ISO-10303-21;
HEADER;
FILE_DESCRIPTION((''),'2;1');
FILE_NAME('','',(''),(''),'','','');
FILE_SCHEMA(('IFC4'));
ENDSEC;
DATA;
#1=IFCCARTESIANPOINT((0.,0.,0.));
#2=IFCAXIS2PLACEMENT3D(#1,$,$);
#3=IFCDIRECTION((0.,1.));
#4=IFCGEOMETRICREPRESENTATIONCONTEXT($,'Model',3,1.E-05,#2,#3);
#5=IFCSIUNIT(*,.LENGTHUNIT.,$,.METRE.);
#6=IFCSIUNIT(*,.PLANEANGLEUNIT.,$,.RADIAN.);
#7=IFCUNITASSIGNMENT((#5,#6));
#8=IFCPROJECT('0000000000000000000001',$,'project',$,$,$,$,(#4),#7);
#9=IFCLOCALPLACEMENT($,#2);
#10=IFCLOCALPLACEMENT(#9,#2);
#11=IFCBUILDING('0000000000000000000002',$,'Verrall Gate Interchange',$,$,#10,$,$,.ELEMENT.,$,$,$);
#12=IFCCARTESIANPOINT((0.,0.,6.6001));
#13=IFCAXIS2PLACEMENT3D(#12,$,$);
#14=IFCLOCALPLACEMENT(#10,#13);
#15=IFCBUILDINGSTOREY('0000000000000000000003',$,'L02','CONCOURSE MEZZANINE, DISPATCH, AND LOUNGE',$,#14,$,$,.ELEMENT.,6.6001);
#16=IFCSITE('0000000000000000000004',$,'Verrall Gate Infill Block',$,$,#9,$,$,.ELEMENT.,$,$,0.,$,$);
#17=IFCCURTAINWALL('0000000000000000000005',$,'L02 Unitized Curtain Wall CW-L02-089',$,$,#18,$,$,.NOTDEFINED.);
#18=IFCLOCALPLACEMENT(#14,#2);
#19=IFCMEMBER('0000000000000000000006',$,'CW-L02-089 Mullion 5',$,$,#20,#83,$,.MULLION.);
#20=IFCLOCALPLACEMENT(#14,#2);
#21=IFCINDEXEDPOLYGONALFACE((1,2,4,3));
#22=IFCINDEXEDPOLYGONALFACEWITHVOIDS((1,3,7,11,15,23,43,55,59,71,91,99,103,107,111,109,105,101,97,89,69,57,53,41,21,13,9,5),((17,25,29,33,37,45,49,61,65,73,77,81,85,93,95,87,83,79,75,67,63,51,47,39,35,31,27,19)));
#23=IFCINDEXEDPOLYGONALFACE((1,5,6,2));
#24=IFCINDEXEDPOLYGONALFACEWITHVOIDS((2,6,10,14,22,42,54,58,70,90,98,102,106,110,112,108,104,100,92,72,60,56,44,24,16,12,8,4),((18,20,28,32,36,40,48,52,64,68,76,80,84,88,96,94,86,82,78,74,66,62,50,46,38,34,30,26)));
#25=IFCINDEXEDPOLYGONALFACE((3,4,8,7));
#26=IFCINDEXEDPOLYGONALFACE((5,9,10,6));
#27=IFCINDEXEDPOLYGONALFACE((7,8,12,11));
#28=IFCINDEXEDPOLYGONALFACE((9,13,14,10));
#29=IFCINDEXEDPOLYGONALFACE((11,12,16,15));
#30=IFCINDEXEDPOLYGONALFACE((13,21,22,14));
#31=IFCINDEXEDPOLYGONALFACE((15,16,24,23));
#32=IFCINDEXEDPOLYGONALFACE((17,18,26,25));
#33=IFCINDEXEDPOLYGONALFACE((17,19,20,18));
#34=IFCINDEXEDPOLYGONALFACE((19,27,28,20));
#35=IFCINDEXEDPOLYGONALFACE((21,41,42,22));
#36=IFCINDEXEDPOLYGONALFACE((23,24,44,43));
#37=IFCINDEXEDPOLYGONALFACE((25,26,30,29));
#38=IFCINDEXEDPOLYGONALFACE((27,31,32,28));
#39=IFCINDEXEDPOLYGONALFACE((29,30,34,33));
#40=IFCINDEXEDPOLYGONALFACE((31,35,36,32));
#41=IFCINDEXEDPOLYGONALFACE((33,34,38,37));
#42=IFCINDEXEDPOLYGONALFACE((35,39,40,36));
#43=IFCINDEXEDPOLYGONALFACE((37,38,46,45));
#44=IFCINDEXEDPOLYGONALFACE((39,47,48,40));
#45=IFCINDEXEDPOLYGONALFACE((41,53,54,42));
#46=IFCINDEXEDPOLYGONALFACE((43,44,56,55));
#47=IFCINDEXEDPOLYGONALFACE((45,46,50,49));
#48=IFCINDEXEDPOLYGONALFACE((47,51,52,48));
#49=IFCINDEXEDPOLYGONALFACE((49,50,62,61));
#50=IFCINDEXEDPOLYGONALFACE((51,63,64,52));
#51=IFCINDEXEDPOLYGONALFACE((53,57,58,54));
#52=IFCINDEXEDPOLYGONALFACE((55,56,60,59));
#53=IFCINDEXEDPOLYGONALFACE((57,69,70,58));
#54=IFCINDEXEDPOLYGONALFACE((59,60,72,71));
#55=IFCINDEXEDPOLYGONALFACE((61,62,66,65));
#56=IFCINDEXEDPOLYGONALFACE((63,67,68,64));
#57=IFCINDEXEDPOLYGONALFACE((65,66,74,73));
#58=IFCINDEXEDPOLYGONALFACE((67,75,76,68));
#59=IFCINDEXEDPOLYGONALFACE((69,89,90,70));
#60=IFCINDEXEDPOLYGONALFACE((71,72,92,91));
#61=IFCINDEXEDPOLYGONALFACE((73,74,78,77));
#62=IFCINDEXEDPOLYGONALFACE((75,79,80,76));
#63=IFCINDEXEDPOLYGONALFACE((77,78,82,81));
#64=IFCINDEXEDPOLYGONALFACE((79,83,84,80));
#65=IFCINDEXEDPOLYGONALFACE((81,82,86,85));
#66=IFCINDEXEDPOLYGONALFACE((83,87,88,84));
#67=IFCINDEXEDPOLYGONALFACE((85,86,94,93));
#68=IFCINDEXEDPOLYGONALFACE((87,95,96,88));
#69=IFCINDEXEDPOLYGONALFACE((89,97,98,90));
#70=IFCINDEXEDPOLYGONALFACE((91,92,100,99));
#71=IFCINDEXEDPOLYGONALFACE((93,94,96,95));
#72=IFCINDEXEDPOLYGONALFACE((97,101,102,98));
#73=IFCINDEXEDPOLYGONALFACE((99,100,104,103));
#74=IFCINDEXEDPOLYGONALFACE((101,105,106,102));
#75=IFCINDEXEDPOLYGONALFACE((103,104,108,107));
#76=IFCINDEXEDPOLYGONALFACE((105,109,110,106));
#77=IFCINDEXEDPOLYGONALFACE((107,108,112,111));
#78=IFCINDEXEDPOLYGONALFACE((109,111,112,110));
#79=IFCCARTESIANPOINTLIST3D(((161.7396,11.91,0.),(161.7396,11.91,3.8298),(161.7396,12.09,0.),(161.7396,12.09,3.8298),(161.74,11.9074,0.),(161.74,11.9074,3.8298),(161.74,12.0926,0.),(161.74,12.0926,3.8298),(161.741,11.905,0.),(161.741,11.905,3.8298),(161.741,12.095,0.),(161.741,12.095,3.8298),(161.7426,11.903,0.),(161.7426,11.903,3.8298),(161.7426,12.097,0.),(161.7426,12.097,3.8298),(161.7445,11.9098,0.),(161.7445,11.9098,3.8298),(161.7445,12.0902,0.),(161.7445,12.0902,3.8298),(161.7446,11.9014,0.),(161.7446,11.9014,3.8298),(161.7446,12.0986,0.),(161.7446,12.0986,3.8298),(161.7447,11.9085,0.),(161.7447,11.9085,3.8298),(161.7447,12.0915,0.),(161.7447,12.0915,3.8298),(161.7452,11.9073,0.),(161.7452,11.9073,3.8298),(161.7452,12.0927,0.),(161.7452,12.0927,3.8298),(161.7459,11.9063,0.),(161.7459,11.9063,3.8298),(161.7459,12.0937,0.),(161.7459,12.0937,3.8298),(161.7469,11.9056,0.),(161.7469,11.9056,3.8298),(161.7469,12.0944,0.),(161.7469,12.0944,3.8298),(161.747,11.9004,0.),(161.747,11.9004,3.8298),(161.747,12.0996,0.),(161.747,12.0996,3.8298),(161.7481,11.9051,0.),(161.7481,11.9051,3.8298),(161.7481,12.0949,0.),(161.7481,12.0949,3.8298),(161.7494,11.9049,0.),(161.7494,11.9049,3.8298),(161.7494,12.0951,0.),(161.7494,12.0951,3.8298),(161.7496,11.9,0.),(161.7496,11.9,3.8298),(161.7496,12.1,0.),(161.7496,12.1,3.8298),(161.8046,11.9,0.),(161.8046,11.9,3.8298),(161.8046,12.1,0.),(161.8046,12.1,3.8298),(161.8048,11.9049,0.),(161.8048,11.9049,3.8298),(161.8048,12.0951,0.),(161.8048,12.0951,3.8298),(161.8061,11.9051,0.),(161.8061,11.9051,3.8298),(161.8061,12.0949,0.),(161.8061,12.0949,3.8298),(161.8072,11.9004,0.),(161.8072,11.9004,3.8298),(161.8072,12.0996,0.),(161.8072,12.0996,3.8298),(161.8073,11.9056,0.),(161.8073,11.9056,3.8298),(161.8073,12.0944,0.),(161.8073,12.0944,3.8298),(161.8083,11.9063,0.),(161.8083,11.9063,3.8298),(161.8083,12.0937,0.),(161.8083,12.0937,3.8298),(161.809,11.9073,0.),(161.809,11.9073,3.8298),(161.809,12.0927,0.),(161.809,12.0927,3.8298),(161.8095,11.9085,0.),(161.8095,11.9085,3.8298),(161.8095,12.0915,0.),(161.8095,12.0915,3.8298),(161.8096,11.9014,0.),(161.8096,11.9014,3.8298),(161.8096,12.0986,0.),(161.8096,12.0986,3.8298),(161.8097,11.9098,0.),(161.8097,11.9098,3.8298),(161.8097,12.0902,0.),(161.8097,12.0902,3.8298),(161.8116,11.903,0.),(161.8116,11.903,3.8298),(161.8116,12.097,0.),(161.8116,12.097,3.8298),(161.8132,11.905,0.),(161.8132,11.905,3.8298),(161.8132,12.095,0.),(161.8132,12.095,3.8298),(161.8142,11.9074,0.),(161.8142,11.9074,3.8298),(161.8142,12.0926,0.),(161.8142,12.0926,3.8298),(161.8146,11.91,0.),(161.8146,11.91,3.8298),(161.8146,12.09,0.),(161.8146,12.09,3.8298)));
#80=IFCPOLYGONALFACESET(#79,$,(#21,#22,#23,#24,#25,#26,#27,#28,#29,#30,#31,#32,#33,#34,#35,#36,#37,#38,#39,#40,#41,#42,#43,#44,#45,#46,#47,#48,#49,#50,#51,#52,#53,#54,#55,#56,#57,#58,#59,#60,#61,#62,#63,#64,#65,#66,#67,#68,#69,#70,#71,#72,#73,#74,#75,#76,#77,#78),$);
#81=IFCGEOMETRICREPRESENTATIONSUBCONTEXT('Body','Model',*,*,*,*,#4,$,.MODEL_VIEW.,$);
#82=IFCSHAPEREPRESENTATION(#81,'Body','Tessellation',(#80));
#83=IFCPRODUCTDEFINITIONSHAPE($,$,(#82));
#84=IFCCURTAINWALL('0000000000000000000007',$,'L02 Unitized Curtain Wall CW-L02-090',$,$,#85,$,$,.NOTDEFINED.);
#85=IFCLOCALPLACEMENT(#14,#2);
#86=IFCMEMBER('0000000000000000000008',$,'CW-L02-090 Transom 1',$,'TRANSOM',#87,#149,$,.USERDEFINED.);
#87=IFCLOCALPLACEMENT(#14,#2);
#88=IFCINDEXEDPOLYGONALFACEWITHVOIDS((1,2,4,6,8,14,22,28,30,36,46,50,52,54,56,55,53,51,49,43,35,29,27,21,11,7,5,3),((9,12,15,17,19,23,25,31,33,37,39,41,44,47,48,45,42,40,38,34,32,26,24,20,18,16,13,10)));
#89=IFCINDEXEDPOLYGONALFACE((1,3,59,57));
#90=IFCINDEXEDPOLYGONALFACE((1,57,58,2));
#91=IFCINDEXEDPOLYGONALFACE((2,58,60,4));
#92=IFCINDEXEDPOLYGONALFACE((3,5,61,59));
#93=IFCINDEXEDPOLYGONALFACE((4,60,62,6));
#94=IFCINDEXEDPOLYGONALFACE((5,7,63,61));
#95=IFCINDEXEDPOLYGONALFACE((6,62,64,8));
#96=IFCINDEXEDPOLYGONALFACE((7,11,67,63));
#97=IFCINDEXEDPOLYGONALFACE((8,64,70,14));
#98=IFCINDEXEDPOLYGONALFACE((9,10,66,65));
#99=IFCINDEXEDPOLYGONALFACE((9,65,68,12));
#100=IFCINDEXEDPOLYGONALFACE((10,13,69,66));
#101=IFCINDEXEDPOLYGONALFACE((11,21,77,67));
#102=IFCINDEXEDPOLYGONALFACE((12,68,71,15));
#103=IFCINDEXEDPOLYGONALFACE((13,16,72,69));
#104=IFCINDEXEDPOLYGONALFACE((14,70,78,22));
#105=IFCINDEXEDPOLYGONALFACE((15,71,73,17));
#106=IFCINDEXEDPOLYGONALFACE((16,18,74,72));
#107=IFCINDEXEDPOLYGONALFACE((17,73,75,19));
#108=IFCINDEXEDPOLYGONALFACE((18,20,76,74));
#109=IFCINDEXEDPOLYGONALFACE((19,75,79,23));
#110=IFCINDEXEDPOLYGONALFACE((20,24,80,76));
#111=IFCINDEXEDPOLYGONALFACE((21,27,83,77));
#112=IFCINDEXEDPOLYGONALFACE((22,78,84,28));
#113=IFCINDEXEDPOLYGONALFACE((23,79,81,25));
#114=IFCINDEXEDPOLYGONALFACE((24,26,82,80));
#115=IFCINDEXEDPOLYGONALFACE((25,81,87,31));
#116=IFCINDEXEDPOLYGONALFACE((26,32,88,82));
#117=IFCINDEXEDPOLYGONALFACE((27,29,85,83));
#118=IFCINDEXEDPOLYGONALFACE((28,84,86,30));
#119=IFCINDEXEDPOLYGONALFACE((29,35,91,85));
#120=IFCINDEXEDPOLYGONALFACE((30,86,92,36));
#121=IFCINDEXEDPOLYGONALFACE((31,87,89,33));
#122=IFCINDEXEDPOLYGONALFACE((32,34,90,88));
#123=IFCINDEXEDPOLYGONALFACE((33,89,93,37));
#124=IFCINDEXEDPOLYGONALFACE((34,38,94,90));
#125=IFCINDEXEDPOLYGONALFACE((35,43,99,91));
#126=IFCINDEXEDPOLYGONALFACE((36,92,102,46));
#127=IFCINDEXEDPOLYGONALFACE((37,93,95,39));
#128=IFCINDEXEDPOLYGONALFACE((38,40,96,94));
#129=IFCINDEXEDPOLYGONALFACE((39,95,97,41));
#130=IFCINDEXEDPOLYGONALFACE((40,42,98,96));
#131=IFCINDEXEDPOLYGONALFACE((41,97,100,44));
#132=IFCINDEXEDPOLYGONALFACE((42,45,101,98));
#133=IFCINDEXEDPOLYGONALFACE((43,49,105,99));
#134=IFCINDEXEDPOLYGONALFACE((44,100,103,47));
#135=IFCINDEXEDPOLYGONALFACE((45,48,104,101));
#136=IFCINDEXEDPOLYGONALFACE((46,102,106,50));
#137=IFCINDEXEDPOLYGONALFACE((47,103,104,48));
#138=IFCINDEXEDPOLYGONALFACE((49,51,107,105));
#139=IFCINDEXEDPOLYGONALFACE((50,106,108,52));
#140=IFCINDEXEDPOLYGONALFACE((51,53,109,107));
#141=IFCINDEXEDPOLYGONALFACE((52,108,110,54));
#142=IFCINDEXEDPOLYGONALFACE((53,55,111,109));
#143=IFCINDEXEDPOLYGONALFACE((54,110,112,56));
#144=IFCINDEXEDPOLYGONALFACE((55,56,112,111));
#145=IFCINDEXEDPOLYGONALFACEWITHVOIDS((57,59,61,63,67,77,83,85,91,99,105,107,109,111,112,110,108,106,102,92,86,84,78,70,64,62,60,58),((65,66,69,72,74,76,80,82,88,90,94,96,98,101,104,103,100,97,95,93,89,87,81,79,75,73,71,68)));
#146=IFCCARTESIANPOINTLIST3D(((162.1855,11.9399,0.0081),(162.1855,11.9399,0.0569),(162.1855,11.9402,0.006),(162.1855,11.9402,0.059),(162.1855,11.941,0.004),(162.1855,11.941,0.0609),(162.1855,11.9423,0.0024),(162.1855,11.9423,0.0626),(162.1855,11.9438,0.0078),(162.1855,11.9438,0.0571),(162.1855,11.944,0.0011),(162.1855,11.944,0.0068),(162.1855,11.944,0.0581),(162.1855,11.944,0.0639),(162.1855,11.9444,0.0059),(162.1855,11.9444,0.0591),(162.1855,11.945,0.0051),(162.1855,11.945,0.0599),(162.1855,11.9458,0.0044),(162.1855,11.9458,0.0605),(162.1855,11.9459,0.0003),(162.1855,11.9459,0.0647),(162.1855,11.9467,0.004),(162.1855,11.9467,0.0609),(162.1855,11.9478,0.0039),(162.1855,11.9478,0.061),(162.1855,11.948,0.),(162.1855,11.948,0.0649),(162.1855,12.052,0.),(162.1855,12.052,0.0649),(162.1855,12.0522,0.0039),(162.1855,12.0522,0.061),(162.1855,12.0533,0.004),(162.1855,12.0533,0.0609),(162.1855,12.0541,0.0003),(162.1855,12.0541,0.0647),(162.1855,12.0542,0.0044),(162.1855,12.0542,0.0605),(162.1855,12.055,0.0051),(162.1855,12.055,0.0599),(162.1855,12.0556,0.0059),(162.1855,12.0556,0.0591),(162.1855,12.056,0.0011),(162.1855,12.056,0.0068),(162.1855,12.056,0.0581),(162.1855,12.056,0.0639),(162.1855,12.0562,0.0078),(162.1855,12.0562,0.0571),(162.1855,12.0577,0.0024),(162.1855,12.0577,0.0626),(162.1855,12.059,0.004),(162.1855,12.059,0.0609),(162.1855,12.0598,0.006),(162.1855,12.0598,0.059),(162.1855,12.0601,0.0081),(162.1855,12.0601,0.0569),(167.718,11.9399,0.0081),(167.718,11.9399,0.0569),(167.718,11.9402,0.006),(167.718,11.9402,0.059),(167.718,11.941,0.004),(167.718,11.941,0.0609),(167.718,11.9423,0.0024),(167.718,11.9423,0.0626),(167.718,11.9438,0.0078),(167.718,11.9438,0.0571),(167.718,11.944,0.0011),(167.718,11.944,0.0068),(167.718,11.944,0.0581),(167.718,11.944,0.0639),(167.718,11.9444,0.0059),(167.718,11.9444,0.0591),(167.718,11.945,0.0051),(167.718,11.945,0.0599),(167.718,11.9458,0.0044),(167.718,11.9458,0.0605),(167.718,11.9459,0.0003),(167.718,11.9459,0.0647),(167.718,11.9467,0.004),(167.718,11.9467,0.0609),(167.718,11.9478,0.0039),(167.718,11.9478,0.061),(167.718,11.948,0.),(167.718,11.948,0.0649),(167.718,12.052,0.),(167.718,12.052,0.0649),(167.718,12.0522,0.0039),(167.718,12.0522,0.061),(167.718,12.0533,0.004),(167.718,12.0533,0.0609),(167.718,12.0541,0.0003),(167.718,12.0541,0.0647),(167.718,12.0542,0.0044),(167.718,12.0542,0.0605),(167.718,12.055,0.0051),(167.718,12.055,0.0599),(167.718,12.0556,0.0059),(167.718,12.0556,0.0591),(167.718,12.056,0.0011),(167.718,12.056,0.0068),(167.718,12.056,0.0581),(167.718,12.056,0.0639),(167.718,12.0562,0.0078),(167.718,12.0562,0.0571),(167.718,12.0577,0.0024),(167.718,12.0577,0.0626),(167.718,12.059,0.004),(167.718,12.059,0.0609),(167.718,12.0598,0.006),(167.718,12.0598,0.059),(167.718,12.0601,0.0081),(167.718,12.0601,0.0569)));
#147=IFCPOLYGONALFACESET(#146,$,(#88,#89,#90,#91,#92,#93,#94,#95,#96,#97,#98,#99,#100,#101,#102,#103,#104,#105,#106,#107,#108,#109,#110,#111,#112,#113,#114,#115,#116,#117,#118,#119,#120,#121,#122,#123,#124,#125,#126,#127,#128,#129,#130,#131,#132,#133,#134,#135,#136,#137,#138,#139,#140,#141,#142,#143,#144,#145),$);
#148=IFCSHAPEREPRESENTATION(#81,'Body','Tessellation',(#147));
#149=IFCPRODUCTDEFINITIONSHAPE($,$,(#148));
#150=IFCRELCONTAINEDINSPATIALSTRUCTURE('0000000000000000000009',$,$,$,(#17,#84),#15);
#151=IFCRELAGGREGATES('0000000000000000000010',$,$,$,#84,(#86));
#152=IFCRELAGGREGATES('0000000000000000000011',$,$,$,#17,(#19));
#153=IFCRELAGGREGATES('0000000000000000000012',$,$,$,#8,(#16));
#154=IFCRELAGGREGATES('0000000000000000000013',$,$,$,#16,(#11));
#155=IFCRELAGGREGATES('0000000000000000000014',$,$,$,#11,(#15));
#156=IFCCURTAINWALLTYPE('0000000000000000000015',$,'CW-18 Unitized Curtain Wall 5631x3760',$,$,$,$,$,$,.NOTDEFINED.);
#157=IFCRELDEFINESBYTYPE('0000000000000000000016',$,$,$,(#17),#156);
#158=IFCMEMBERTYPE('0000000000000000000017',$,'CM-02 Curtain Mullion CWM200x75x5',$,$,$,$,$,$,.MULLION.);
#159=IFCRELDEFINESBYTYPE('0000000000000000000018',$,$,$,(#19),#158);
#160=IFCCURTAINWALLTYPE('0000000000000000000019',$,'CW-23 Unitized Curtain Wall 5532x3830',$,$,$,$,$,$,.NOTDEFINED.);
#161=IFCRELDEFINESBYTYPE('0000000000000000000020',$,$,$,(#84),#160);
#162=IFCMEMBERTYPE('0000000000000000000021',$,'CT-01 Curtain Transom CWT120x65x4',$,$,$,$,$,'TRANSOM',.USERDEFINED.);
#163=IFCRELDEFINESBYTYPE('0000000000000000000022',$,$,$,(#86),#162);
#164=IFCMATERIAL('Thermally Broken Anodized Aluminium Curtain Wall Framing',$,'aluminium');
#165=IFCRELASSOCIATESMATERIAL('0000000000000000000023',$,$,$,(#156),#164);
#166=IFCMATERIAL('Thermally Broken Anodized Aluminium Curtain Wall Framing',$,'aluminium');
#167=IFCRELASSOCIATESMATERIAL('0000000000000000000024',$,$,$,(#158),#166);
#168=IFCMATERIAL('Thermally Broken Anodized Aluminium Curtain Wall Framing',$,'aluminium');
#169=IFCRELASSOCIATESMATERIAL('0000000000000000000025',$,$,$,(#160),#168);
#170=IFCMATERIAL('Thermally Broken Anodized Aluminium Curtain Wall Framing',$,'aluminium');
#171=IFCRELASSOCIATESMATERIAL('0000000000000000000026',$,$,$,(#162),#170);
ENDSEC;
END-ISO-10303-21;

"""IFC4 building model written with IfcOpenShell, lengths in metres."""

from ifc_helpers import new_model, si_unit, direction, frame, origin, origin_2d, place, context, subcontext, project, spatial, hollow_rectangle, extrude, material, material_profile, profile_set, type_object, element, aggregate, save


model = new_model("IFC4")

# Units and contexts
model_context = context("Model", 3, precision=1e-05, world=origin(), true_north=direction((0.0, 1.0)))
body_context = subcontext(model_context, "Body", "Model", "MODEL_VIEW")
ifc_project = project(units=[si_unit("LENGTHUNIT", "METRE"), si_unit("PLANEANGLEUNIT", "RADIAN")], contexts=[model_context])

# Site, building, storey
site_placement = place(None, origin())
site = spatial("IfcSite", under=ifc_project, at=site_placement, Name="Verrall Gate Infill Block", CompositionType="ELEMENT", RefElevation=0.0)
building_placement = place(site_placement, origin())
building = spatial("IfcBuilding", under=site, at=building_placement, Name="Verrall Gate Interchange", CompositionType="ELEMENT")
storey_placement = place(building_placement, frame((0.0, 0.0, 6.6001)))
storey = spatial("IfcBuildingStorey", under=building, at=storey_placement, Name="L02", Description="CONCOURSE MEZZANINE, DISPATCH, AND LOUNGE", CompositionType="ELEMENT", Elevation=6.6001)

# Curtain walls, members
ifc_material_1 = material(Name="Thermally Broken Anodized Aluminium Curtain Wall Framing", Category="aluminium")
curtain_wall_type_1 = type_object("IfcCurtainWallType", Name="CW-18 Unitized Curtain Wall 5631x3760", PredefinedType="NOTDEFINED", material=ifc_material_1)
curtain_wall_1_placement = place(storey_placement, origin())
curtain_wall_1 = element("IfcCurtainWall", 1, at=curtain_wall_1_placement, inside=storey, type_object=curtain_wall_type_1, Name="L02 Unitized Curtain Wall CW-L02-089", PredefinedType="NOTDEFINED")
ifc_material_2 = material(Name="Thermally Broken Anodized Aluminium Curtain Wall Framing", Category="aluminium")
ifc_material_profile_1 = material_profile(ifc_material_2, hollow_rectangle(XDim=0.075, YDim=0.2, WallThickness=0.0049, InnerFilletRadius=0.0049, OuterFilletRadius=0.01, at=origin_2d()), Name="CWM200x75x5")
ifc_profile_set_1 = profile_set([ifc_material_profile_1], Name="Thermally Broken Anodized Aluminium Curtain Wall Framing")
member_type_1 = type_object("IfcMemberType", Name="CM-02 Curtain Mullion CWM200x75x5", PredefinedType="MULLION", material=ifc_profile_set_1)
member_1_placement = place(storey_placement, frame((161.7771, 12.0, 0.0), z_axis=(0.0, 0.0, 1.0), x_axis=(1.0, 0.0, 0.0)))
member_1 = element("IfcMember", 2, at=member_1_placement, type_object=member_type_1, Name="CW-L02-089 Mullion 5", PredefinedType="MULLION", context=body_context, shape_type="SweptSolid", body=[
    extrude(hollow_rectangle(XDim=0.075, YDim=0.2, WallThickness=0.0049, InnerFilletRadius=0.0049, OuterFilletRadius=0.01, at=origin_2d()), origin(), (0.0, 0.0, 1.0), 3.8298),
])
ifc_material_3 = material(Name="Thermally Broken Anodized Aluminium Curtain Wall Framing", Category="aluminium")
curtain_wall_type_2 = type_object("IfcCurtainWallType", Name="CW-23 Unitized Curtain Wall 5532x3830", PredefinedType="NOTDEFINED", material=ifc_material_3)
curtain_wall_2_placement = place(storey_placement, origin())
curtain_wall_2 = element("IfcCurtainWall", 3, at=curtain_wall_2_placement, inside=storey, type_object=curtain_wall_type_2, Name="L02 Unitized Curtain Wall CW-L02-090", PredefinedType="NOTDEFINED")
ifc_material_4 = material(Name="Thermally Broken Anodized Aluminium Curtain Wall Framing", Category="aluminium")
ifc_material_profile_2 = material_profile(ifc_material_4, hollow_rectangle(XDim=0.1201, YDim=0.0649, WallThickness=0.0039, InnerFilletRadius=0.0039, OuterFilletRadius=0.0081, at=origin_2d()), Name="CWT120x65x4")
ifc_profile_set_2 = profile_set([ifc_material_profile_2], Name="Thermally Broken Anodized Aluminium Curtain Wall Framing")
member_type_2 = type_object("IfcMemberType", Name="CT-01 Curtain Transom CWT120x65x4", ElementType="TRANSOM", PredefinedType="USERDEFINED", material=ifc_profile_set_2)
member_2_placement = place(storey_placement, frame((162.1855, 12.0, 0.0325), z_axis=(1.0, 0.0, 0.0), x_axis=(0.0, 1.0, 0.0)))
member_2 = element("IfcMember", 4, at=member_2_placement, type_object=member_type_2, Name="CW-L02-090 Transom 1", ObjectType="TRANSOM", PredefinedType="USERDEFINED", context=body_context, shape_type="SweptSolid", body=[
    extrude(hollow_rectangle(XDim=0.1201, YDim=0.0649, WallThickness=0.0039, InnerFilletRadius=0.0039, OuterFilletRadius=0.0081, at=origin_2d()), origin(), (0.0, 0.0, 1.0), 5.5325),
])
aggregate(curtain_wall_2, [member_2])

aggregate(curtain_wall_1, [member_1])

save(model, "model.ifc")
